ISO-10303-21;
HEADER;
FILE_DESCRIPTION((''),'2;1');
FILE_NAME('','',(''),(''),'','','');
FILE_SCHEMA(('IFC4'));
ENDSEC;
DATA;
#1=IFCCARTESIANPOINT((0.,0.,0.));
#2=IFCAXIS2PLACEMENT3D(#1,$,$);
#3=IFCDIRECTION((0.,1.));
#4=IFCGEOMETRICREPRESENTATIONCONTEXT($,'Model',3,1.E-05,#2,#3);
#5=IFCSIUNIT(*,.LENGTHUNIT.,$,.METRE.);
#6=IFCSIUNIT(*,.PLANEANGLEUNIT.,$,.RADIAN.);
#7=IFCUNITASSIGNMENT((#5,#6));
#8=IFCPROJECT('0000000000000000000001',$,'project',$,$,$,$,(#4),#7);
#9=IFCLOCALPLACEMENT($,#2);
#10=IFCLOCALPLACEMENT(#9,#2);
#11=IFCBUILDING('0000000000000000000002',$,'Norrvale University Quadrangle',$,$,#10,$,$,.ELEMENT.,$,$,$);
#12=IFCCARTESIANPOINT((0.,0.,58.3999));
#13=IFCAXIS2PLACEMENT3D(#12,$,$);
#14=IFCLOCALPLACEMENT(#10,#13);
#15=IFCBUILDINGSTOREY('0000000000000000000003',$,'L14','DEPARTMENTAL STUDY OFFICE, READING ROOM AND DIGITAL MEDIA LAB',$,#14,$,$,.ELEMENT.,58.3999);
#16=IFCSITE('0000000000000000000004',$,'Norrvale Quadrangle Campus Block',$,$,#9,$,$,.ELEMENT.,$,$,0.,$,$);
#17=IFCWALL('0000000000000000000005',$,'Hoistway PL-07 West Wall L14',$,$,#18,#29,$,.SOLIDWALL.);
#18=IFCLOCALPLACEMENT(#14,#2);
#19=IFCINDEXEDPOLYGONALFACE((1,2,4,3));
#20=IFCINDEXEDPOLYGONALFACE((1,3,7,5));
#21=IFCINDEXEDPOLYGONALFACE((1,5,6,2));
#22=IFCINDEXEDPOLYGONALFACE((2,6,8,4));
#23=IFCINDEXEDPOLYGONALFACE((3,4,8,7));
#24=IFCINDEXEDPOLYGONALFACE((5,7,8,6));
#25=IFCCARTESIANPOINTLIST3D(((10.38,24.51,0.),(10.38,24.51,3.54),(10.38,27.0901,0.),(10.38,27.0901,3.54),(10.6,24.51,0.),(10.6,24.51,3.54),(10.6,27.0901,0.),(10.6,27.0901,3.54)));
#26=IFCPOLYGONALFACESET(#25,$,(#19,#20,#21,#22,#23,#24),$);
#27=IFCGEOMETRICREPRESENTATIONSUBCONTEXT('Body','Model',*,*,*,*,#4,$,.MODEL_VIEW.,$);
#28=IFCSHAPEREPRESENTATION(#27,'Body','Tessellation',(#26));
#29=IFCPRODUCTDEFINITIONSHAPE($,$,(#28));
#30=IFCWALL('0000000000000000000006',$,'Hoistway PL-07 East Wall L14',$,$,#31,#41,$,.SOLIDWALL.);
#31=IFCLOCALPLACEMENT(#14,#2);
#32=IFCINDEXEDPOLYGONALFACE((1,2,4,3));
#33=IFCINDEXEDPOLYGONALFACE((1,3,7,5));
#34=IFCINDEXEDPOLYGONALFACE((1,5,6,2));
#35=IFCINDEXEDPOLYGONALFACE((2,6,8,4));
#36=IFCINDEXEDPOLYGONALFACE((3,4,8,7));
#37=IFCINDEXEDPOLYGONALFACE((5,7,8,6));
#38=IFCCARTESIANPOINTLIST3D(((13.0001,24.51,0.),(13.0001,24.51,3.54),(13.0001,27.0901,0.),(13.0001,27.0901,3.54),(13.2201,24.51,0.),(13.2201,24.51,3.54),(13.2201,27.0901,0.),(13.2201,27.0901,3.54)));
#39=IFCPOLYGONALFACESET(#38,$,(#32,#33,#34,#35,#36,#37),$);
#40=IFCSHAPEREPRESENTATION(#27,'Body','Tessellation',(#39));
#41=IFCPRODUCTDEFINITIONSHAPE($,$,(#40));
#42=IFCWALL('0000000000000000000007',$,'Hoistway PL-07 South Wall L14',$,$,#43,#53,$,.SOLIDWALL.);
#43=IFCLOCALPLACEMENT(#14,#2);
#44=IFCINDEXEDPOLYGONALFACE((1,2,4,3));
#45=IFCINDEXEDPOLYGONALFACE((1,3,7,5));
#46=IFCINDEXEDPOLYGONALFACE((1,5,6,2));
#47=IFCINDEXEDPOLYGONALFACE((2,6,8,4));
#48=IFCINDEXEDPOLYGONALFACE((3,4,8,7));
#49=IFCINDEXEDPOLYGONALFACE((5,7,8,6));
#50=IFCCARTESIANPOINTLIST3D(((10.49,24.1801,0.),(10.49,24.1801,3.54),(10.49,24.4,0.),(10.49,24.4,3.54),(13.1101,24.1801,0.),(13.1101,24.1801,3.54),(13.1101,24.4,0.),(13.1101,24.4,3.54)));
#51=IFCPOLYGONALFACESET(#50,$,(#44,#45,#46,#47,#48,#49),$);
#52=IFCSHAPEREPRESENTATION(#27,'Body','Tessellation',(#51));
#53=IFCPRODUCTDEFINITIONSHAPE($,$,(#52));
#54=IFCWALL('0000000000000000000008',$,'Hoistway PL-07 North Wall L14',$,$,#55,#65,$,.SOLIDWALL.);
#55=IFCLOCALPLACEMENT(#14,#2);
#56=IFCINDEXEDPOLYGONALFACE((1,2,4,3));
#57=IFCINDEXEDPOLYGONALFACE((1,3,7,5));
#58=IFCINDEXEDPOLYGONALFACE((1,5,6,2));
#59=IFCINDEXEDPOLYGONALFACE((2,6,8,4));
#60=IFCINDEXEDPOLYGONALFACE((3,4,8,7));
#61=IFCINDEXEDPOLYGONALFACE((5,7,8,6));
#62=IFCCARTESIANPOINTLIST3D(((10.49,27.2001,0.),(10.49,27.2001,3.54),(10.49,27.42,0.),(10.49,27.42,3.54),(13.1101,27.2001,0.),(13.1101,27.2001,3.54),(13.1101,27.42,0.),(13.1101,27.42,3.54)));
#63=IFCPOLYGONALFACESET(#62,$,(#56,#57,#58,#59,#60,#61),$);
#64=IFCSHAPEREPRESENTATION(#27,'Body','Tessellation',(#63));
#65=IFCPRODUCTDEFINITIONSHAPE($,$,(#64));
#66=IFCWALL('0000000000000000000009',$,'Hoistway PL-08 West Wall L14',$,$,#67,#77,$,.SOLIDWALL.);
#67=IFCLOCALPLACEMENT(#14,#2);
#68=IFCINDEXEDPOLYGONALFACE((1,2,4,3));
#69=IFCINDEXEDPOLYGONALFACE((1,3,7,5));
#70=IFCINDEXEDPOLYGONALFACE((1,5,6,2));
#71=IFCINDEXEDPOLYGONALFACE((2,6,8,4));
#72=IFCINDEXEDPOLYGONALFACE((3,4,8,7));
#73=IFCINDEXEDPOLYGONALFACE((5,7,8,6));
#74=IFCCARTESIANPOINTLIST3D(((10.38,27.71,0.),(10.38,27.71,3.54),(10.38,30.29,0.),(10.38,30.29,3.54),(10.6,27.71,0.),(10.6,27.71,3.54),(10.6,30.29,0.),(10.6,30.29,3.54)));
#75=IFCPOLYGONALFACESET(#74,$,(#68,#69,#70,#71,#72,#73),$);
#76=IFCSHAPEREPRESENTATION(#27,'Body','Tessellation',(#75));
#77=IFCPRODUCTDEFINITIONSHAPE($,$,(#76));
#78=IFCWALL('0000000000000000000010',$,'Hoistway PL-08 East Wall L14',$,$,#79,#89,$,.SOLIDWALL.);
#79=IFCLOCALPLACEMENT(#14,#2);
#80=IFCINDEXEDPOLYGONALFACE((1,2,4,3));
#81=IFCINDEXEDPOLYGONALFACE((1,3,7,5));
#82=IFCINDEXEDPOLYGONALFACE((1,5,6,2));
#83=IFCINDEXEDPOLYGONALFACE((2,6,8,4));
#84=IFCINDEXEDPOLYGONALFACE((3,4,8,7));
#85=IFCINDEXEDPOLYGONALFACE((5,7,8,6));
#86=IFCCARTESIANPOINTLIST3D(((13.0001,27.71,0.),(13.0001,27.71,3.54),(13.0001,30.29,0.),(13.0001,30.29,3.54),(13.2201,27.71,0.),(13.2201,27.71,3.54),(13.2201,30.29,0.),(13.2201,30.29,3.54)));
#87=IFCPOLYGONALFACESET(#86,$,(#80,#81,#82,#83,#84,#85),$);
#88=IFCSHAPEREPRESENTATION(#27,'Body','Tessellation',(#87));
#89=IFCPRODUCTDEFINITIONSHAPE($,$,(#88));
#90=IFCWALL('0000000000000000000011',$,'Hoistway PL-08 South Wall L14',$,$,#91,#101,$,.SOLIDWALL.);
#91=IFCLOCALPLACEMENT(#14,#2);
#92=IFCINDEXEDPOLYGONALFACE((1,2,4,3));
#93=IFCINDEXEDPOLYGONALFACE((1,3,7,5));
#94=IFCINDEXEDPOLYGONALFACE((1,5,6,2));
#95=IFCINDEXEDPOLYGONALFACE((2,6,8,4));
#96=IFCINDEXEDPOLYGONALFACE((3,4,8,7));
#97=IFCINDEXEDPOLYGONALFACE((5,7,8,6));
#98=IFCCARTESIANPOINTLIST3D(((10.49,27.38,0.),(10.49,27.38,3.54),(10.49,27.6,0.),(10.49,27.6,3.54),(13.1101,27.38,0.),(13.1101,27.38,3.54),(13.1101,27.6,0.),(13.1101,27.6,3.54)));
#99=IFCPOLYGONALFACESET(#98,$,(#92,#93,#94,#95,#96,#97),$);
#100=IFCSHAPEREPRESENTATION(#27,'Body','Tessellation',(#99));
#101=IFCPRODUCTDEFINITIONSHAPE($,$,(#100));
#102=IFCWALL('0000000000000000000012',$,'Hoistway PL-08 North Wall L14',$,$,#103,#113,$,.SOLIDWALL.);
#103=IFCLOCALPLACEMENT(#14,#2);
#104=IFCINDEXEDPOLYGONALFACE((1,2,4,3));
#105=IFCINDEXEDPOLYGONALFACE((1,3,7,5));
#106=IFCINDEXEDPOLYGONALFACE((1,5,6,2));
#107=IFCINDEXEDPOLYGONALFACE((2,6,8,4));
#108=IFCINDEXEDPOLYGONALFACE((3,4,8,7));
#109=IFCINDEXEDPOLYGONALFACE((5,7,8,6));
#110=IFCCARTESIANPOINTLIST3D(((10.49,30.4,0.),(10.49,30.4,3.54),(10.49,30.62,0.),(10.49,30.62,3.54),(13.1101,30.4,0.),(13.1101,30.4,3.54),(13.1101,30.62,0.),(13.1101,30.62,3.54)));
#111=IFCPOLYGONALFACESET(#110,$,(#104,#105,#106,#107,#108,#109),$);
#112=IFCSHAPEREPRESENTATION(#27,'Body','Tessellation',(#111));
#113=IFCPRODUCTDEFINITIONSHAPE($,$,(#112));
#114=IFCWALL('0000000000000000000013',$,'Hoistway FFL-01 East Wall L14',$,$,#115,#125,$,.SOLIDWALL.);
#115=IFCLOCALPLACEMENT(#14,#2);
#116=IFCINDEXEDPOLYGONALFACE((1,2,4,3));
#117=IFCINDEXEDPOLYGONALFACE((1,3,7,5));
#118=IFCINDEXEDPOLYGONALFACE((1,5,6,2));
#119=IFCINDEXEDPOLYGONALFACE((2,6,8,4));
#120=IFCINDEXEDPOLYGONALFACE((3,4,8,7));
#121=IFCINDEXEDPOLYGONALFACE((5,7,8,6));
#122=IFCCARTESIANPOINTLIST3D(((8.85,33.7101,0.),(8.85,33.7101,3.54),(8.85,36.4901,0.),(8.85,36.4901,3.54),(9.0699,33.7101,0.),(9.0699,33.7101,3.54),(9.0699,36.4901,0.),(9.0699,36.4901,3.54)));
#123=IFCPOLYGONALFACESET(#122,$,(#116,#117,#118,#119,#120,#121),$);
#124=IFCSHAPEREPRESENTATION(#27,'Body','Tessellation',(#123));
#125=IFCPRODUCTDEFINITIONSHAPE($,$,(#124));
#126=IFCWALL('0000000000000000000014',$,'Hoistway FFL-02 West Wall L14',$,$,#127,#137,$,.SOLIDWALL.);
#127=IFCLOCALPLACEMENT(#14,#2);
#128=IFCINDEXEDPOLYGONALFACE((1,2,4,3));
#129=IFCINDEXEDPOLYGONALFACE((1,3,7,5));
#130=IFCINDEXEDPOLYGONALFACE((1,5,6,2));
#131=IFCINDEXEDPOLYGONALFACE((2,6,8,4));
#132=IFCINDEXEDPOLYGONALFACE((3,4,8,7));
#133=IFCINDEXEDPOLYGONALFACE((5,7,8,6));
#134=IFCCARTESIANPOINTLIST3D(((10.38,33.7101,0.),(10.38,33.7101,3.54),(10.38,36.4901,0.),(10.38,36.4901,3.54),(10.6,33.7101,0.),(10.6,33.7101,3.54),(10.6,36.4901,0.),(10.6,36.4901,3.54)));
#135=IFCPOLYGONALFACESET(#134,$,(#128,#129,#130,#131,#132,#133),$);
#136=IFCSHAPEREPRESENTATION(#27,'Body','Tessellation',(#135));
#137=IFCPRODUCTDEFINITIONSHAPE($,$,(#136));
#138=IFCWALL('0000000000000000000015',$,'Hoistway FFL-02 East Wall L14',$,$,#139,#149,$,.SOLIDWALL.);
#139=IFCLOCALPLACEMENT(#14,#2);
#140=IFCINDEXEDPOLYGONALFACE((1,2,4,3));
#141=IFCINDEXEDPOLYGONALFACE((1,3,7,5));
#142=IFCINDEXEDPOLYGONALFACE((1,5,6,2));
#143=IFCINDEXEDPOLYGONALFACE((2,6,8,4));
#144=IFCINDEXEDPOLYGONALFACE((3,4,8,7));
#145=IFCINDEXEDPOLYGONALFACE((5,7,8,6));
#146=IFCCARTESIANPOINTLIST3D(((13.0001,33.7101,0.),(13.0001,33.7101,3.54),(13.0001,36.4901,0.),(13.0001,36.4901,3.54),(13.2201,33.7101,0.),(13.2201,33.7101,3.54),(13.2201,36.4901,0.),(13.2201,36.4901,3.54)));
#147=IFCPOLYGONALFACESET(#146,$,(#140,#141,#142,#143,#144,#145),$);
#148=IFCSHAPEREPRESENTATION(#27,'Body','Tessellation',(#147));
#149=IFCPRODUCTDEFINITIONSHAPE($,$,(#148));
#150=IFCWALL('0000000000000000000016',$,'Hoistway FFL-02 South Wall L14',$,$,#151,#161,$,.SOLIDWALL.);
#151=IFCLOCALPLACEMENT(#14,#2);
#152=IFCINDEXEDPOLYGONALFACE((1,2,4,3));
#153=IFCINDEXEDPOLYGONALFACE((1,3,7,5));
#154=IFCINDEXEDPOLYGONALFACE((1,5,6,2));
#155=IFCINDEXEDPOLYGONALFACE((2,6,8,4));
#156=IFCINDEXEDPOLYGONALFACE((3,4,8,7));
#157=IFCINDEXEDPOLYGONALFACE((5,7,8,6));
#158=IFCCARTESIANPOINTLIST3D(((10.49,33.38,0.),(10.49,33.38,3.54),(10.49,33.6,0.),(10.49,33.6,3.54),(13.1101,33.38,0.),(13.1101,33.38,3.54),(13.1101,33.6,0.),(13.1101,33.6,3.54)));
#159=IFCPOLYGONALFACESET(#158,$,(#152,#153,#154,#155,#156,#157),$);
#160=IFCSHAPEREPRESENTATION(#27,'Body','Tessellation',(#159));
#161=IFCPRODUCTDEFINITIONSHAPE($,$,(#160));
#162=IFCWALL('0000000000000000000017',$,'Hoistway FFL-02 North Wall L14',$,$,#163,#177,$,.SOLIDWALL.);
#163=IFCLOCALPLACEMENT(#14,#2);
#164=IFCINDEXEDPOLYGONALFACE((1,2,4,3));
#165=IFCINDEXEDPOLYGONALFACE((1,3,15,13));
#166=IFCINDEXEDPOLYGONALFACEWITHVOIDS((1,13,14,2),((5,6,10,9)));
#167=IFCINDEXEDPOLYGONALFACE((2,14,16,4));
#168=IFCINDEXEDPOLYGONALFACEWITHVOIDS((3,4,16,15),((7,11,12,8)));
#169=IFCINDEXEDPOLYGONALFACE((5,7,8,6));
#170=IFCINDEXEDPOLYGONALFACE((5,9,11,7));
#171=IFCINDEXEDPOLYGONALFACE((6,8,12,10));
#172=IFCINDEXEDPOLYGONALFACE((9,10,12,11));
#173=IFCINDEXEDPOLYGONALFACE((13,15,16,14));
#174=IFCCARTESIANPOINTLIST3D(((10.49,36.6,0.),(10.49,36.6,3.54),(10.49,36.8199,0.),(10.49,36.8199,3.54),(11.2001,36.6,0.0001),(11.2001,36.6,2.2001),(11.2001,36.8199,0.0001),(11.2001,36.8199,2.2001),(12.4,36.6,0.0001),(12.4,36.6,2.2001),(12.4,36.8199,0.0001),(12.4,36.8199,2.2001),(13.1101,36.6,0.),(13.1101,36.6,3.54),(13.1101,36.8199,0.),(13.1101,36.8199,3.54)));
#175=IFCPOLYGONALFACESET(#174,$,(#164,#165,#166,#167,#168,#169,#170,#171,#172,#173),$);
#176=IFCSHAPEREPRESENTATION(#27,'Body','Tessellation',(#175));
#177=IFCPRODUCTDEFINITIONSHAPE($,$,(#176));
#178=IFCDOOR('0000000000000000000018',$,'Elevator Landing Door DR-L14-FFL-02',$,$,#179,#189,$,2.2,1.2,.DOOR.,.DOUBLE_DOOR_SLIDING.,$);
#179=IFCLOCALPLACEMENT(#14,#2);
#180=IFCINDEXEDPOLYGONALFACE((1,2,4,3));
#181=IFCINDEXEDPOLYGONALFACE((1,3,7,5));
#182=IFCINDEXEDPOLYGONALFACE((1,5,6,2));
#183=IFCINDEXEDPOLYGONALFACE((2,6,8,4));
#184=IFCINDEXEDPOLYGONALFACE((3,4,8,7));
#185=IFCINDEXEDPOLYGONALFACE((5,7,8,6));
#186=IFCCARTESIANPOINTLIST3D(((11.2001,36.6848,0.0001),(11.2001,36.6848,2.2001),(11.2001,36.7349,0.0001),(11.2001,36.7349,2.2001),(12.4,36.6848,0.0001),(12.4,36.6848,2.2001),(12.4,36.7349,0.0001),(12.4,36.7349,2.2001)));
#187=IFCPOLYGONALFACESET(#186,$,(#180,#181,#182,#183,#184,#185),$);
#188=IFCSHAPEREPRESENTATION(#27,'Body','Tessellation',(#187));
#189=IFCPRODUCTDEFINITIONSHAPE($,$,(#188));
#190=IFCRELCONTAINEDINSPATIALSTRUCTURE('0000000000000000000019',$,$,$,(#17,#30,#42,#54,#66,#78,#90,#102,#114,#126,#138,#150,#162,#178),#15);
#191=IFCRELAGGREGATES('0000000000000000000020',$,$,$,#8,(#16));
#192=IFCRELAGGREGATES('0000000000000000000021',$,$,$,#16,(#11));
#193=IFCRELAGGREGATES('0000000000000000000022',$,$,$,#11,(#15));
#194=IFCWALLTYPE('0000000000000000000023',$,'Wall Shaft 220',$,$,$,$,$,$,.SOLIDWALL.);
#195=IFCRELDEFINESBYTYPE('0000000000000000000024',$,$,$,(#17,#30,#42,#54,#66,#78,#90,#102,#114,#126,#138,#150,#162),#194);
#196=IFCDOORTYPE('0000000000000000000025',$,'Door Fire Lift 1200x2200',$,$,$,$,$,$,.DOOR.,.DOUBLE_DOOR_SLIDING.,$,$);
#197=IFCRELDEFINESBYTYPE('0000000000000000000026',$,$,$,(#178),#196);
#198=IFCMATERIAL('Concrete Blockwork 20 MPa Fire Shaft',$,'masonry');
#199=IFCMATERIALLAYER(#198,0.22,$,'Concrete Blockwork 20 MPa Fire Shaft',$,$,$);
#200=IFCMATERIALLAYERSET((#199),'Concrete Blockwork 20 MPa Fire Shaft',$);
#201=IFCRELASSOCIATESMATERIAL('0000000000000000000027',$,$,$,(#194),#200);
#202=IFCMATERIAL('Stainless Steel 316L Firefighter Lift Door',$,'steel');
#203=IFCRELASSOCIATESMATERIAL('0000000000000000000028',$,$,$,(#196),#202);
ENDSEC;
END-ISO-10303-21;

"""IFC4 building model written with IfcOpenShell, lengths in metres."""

from ifc_helpers import new_model, si_unit, direction, frame, frame_2d, origin, place, context, subcontext, project, spatial, rectangle, extrude, material, layer, layer_set, type_object, element, fill, save


model = new_model("IFC4")

# Units and contexts
model_context = context("Model", 3, precision=1e-05, world=origin(), true_north=direction((0.0, 1.0)))
body_context = subcontext(model_context, "Body", "Model", "MODEL_VIEW")
ifc_project = project(units=[si_unit("LENGTHUNIT", "METRE"), si_unit("PLANEANGLEUNIT", "RADIAN")], contexts=[model_context])

# Site, building, storey
site_placement = place(None, origin())
site = spatial("IfcSite", under=ifc_project, at=site_placement, Name="Norrvale Quadrangle Campus Block", CompositionType="ELEMENT", RefElevation=0.0)
building_placement = place(site_placement, origin())
building = spatial("IfcBuilding", under=site, at=building_placement, Name="Norrvale University Quadrangle", CompositionType="ELEMENT")
storey_placement = place(building_placement, frame((0.0, 0.0, 58.3999)))
storey = spatial("IfcBuildingStorey", under=building, at=storey_placement, Name="L14", Description="DEPARTMENTAL STUDY OFFICE, READING ROOM AND DIGITAL MEDIA LAB", CompositionType="ELEMENT", Elevation=58.3999)

# Walls
ifc_material_1 = material(Name="Concrete Blockwork 20 MPa Fire Shaft", Category="masonry")
ifc_layer_1 = layer(ifc_material_1, 0.22, Name="Concrete Blockwork 20 MPa Fire Shaft")
ifc_layer_set_1 = layer_set([ifc_layer_1], Name="Concrete Blockwork 20 MPa Fire Shaft")
wall_type_1 = type_object("IfcWallType", Name="Wall Shaft 220", PredefinedType="SOLIDWALL", material=ifc_layer_set_1)
for number, where, z_axis, x_axis, name in (
    (1, (10.49, 24.51, 0.0), (0.0, 0.0, 1.0), (0.0, 1.0, 0.0), "Hoistway PL-07 West Wall L14"),
    (2, (13.1101, 24.51, 0.0), (0.0, 0.0, 1.0), (0.0, 1.0, 0.0), "Hoistway PL-07 East Wall L14"),
):
    element("IfcWall", number, at=place(storey_placement, frame(where, z_axis=z_axis, x_axis=x_axis)), inside=storey, type_object=wall_type_1, Name=name, PredefinedType="SOLIDWALL", context=body_context, shape_type="SweptSolid", body=[
        extrude(rectangle(XDim=2.5801, YDim=0.22, at=frame_2d((1.29, 0.0))), origin(), (0.0, 0.0, 1.0), 3.54),
    ])
for number, where, z_axis, x_axis, name in (
    (3, (10.49, 24.29, 0.0), (0.0, 0.0, 1.0), (1.0, 0.0, 0.0), "Hoistway PL-07 South Wall L14"),
    (4, (10.49, 27.3101, 0.0), (0.0, 0.0, 1.0), (1.0, 0.0, 0.0), "Hoistway PL-07 North Wall L14"),
):
    element("IfcWall", number, at=place(storey_placement, frame(where, z_axis=z_axis, x_axis=x_axis)), inside=storey, type_object=wall_type_1, Name=name, PredefinedType="SOLIDWALL", context=body_context, shape_type="SweptSolid", body=[
        extrude(rectangle(XDim=2.6201, YDim=0.22, at=frame_2d((1.3101, 0.0))), origin(), (0.0, 0.0, 1.0), 3.54),
    ])
for number, where, z_axis, x_axis, name in (
    (5, (10.49, 27.71, 0.0), (0.0, 0.0, 1.0), (0.0, 1.0, 0.0), "Hoistway PL-08 West Wall L14"),
    (6, (13.1101, 27.71, 0.0), (0.0, 0.0, 1.0), (0.0, 1.0, 0.0), "Hoistway PL-08 East Wall L14"),
):
    element("IfcWall", number, at=place(storey_placement, frame(where, z_axis=z_axis, x_axis=x_axis)), inside=storey, type_object=wall_type_1, Name=name, PredefinedType="SOLIDWALL", context=body_context, shape_type="SweptSolid", body=[
        extrude(rectangle(XDim=2.5801, YDim=0.22, at=frame_2d((1.29, 0.0))), origin(), (0.0, 0.0, 1.0), 3.54),
    ])
for number, where, z_axis, x_axis, name in (
    (7, (10.49, 27.49, 0.0), (0.0, 0.0, 1.0), (1.0, 0.0, 0.0), "Hoistway PL-08 South Wall L14"),
    (8, (10.49, 30.51, 0.0), (0.0, 0.0, 1.0), (1.0, 0.0, 0.0), "Hoistway PL-08 North Wall L14"),
):
    element("IfcWall", number, at=place(storey_placement, frame(where, z_axis=z_axis, x_axis=x_axis)), inside=storey, type_object=wall_type_1, Name=name, PredefinedType="SOLIDWALL", context=body_context, shape_type="SweptSolid", body=[
        extrude(rectangle(XDim=2.6201, YDim=0.22, at=frame_2d((1.3101, 0.0))), origin(), (0.0, 0.0, 1.0), 3.54),
    ])
for number, where, z_axis, x_axis, name in (
    (9, (8.96, 33.71, 0.0), (0.0, 0.0, 1.0), (0.0, 1.0, 0.0), "Hoistway FFL-01 East Wall L14"),
    (10, (10.49, 33.71, 0.0), (0.0, 0.0, 1.0), (0.0, 1.0, 0.0), "Hoistway FFL-02 West Wall L14"),
    (11, (13.1101, 33.71, 0.0), (0.0, 0.0, 1.0), (0.0, 1.0, 0.0), "Hoistway FFL-02 East Wall L14"),
):
    element("IfcWall", number, at=place(storey_placement, frame(where, z_axis=z_axis, x_axis=x_axis)), inside=storey, type_object=wall_type_1, Name=name, PredefinedType="SOLIDWALL", context=body_context, shape_type="SweptSolid", body=[
        extrude(rectangle(XDim=2.78, YDim=0.22, at=frame_2d((1.3901, 0.0))), origin(), (0.0, 0.0, 1.0), 3.54),
    ])
wall_1_placement = place(storey_placement, frame((10.49, 33.49, 0.0), z_axis=(0.0, 0.0, 1.0), x_axis=(1.0, 0.0, 0.0)))
element("IfcWall", 12, at=wall_1_placement, inside=storey, type_object=wall_type_1, Name="Hoistway FFL-02 South Wall L14", PredefinedType="SOLIDWALL", context=body_context, shape_type="SweptSolid", body=[
    extrude(rectangle(XDim=2.6201, YDim=0.22, at=frame_2d((1.3101, 0.0))), origin(), (0.0, 0.0, 1.0), 3.54),
])

# Wall, opening, door
wall_2_placement = place(storey_placement, frame((10.49, 36.71, 0.0), z_axis=(0.0, 0.0, 1.0), x_axis=(1.0, 0.0, 0.0)))
wall_2 = element("IfcWall", 13, at=wall_2_placement, inside=storey, type_object=wall_type_1, Name="Hoistway FFL-02 North Wall L14", PredefinedType="SOLIDWALL", context=body_context, shape_type="SweptSolid", body=[
    extrude(rectangle(XDim=2.6201, YDim=0.22, at=frame_2d((1.3101, 0.0))), origin(), (0.0, 0.0, 1.0), 3.54),
])
opening_1_placement = place(wall_2_placement, frame((0.71, 0.0, 0.0)))
opening_1 = element("IfcOpeningElement", 14, at=opening_1_placement, cuts=wall_2, PredefinedType="OPENING", context=body_context, shape_type="SweptSolid", body=[
    extrude(rectangle(XDim=1.2, YDim=2.2, at=frame_2d((0.6001, 1.1001))), frame((0.0, 0.1221, 0.0), z_axis=(0.0, -1.0, 0.0), x_axis=(1.0, 0.0, 0.0)), (0.0, 0.0, 1.0), 0.2439),
])
ifc_material_2 = material(Name="Stainless Steel 316L Firefighter Lift Door", Category="steel")
door_type_1 = type_object("IfcDoorType", Name="Door Fire Lift 1200x2200", OperationType="DOUBLE_DOOR_SLIDING", PredefinedType="DOOR", material=ifc_material_2)
door_1_placement = place(opening_1_placement, origin())
door_1 = element("IfcDoor", 15, at=door_1_placement, inside=storey, type_object=door_type_1, Name="Elevator Landing Door DR-L14-FFL-02", OperationType="DOUBLE_DOOR_SLIDING", OverallHeight=2.2, OverallWidth=1.2, PredefinedType="DOOR", context=body_context, shape_type="SweptSolid", body=[
    extrude(rectangle(XDim=1.2, YDim=2.2, at=frame_2d((0.6001, 1.1001))), frame((0.0, 0.0249, 0.0), z_axis=(0.0, -1.0, 0.0), x_axis=(1.0, 0.0, 0.0)), (0.0, 0.0, 1.0), 0.05),
])
fill(opening_1, door_1)

save(model, "model.ifc")
